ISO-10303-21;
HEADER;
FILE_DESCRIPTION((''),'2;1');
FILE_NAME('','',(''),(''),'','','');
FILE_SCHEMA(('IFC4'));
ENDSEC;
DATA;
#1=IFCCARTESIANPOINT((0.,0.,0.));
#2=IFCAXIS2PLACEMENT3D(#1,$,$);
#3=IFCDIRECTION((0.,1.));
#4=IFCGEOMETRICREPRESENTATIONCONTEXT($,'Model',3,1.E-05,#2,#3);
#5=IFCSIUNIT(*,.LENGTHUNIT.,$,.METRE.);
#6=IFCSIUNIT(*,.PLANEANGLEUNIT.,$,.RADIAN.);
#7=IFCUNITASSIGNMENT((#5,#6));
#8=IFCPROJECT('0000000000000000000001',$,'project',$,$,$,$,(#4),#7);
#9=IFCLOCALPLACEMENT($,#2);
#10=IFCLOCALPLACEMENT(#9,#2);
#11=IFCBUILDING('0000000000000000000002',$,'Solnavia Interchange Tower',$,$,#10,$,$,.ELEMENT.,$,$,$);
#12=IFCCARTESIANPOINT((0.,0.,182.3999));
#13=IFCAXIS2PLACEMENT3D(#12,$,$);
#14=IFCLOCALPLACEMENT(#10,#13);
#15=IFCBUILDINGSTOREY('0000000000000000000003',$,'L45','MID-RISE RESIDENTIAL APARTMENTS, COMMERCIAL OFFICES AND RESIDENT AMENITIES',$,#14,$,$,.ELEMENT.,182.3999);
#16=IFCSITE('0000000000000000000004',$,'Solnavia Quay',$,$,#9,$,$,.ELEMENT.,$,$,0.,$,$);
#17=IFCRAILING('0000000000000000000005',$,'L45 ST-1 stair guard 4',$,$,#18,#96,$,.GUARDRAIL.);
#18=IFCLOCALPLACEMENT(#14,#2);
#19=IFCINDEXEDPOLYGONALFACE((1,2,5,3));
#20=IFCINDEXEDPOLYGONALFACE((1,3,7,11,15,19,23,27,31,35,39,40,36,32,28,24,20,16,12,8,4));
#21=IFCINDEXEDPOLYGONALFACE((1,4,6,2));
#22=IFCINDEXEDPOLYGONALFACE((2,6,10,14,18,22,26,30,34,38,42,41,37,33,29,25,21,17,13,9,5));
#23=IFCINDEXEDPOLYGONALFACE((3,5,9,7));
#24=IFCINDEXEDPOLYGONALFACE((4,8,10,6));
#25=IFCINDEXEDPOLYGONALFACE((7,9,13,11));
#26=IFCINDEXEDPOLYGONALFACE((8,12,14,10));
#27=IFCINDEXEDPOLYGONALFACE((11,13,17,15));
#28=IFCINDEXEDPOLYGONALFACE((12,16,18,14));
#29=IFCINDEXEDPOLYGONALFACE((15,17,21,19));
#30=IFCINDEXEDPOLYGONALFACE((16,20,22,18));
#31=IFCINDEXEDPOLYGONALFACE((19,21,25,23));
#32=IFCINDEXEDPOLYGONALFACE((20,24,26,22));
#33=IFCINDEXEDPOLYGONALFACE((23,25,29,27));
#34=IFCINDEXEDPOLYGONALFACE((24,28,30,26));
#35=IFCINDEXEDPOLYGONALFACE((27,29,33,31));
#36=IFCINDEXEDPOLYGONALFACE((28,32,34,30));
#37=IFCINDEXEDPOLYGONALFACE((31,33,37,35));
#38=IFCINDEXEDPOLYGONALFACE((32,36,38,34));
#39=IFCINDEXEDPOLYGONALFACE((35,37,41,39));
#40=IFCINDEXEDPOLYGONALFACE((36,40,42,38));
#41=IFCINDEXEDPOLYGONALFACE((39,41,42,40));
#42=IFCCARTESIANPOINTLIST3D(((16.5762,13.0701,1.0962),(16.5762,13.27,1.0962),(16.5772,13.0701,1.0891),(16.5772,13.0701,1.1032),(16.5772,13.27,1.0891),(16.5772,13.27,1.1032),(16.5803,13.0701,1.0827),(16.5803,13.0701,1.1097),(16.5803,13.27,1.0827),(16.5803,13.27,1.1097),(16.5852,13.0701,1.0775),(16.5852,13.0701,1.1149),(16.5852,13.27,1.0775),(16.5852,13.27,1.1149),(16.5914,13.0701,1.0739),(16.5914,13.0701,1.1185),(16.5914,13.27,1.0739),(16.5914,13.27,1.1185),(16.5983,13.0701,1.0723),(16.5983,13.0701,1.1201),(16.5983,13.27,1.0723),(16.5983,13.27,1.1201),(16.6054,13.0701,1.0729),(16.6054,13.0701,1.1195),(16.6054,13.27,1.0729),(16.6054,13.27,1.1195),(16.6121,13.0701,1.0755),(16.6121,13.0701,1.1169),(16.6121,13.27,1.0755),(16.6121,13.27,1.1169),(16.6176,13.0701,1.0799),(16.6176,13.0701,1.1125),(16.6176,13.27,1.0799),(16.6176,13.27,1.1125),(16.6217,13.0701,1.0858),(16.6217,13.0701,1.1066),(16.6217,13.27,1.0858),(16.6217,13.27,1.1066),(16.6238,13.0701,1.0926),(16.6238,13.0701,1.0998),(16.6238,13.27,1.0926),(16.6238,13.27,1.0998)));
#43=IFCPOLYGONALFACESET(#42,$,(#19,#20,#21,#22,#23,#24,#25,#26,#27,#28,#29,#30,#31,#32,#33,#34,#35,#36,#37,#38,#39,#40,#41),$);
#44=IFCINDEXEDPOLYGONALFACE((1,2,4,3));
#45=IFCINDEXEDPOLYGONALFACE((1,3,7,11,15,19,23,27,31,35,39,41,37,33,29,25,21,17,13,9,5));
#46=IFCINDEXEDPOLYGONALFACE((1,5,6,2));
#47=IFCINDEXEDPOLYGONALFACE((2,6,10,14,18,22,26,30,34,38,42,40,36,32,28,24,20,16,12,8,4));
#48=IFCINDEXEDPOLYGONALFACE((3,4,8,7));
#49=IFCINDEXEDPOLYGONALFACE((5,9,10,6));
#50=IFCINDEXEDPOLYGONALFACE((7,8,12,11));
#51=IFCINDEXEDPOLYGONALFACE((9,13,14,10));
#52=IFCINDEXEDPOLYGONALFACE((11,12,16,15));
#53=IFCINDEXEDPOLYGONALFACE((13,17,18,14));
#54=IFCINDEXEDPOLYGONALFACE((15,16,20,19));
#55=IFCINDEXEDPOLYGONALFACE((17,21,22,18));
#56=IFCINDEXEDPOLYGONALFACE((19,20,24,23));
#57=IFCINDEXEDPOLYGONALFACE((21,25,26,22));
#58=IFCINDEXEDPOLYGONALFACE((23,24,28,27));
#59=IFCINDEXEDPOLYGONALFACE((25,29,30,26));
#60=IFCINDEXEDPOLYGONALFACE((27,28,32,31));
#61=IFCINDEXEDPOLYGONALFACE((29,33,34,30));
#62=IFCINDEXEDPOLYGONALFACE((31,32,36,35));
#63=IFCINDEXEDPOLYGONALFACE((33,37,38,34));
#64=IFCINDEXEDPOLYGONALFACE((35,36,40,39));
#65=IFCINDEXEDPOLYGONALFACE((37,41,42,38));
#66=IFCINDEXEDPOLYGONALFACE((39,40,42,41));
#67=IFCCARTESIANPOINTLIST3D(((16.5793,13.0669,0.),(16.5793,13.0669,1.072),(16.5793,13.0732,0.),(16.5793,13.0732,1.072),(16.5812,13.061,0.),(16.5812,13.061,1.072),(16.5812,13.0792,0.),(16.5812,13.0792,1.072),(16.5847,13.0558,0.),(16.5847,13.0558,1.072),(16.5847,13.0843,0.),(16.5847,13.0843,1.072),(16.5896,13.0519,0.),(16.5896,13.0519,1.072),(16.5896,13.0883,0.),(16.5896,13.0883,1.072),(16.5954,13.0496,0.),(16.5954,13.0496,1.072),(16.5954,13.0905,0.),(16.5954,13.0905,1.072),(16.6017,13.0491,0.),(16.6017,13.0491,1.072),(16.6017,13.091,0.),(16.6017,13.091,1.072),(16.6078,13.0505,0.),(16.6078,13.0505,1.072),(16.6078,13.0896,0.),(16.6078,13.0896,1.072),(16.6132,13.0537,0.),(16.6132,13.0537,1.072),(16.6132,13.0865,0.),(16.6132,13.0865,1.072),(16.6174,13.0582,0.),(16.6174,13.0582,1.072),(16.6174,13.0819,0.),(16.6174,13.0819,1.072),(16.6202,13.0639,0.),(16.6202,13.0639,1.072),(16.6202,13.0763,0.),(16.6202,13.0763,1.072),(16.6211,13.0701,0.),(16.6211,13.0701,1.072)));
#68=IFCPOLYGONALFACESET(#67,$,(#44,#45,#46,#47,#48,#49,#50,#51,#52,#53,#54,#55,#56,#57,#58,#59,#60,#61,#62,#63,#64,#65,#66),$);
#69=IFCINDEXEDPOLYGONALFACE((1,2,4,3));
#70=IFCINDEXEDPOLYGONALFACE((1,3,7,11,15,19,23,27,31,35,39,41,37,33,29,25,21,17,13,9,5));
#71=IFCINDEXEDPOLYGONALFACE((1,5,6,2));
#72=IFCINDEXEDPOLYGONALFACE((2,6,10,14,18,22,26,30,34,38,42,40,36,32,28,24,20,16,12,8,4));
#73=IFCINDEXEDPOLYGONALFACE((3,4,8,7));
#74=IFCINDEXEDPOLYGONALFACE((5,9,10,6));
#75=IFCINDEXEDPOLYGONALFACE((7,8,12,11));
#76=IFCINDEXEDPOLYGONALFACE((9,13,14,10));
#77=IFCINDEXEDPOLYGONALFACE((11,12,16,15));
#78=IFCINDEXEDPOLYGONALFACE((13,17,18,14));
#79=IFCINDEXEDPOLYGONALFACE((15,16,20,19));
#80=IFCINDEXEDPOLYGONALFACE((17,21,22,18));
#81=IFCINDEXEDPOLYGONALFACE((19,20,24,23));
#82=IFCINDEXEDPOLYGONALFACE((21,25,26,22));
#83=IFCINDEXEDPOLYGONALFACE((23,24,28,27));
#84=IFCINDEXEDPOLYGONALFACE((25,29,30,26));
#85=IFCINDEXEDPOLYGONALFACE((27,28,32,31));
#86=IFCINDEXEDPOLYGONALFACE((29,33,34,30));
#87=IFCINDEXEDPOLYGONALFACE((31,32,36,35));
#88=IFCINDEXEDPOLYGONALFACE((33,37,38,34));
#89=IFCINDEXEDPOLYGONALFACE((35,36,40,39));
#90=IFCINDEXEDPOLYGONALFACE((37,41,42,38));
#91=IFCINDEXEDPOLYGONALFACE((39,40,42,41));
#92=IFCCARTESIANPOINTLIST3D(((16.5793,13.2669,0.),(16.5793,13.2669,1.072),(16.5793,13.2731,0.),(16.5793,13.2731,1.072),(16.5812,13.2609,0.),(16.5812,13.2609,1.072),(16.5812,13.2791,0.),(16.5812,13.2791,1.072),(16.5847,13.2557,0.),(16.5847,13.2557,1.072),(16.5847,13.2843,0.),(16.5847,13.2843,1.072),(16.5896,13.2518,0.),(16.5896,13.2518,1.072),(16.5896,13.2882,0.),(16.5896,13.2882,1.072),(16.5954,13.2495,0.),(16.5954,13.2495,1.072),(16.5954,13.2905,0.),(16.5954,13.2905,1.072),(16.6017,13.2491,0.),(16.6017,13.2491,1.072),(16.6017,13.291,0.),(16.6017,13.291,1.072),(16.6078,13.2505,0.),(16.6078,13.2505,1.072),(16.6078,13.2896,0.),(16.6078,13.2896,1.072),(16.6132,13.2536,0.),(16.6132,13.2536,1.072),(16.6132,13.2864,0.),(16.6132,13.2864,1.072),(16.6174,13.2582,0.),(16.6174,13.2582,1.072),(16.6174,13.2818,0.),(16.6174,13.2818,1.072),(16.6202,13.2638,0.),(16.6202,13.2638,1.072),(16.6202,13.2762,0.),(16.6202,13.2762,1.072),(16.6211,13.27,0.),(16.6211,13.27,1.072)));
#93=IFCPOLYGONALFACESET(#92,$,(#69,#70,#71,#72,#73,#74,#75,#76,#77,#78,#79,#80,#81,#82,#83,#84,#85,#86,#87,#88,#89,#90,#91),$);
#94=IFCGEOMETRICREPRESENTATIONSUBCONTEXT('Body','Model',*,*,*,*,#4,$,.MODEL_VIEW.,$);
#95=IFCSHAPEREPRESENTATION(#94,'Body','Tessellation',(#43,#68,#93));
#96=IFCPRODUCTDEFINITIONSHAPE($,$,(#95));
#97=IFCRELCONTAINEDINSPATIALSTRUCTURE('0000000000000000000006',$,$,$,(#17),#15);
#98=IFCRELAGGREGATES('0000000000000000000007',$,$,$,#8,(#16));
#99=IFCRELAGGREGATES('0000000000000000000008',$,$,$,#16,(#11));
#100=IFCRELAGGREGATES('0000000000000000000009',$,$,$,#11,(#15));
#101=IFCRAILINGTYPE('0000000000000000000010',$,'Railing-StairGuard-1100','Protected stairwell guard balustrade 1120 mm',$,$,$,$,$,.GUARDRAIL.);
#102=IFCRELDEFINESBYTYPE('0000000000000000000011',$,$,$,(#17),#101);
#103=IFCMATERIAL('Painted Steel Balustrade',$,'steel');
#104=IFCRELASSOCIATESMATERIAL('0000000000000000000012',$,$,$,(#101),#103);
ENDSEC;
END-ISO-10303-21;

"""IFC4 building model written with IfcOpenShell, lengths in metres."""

from ifc_helpers import new_model, si_unit, direction, frame, origin, origin_2d, place, context, subcontext, project, spatial, circle, extrude, material, type_object, element, save


model = new_model("IFC4")

# Units and contexts
model_context = context("Model", 3, precision=1e-05, world=origin(), true_north=direction((0.0, 1.0)))
body_context = subcontext(model_context, "Body", "Model", "MODEL_VIEW")
ifc_project = project(units=[si_unit("LENGTHUNIT", "METRE"), si_unit("PLANEANGLEUNIT", "RADIAN")], contexts=[model_context])

# Site, building, storey
site_placement = place(None, origin())
site = spatial("IfcSite", under=ifc_project, at=site_placement, Name="Solnavia Quay", CompositionType="ELEMENT", RefElevation=0.0)
building_placement = place(site_placement, origin())
building = spatial("IfcBuilding", under=site, at=building_placement, Name="Solnavia Interchange Tower", CompositionType="ELEMENT")
storey_placement = place(building_placement, frame((0.0, 0.0, 182.3999)))
storey = spatial("IfcBuildingStorey", under=building, at=storey_placement, Name="L45", Description="MID-RISE RESIDENTIAL APARTMENTS, COMMERCIAL OFFICES AND RESIDENT AMENITIES", CompositionType="ELEMENT", Elevation=182.3999)

# Railing
ifc_material_1 = material(Name="Painted Steel Balustrade", Category="steel")
railing_type_1 = type_object("IfcRailingType", Name="Railing-StairGuard-1100", Description="Protected stairwell guard balustrade 1120 mm", PredefinedType="GUARDRAIL", material=ifc_material_1)
railing_1_placement = place(storey_placement, frame((16.6001, 13.0701, 0.0)))
element("IfcRailing", 1, at=railing_1_placement, inside=storey, type_object=railing_type_1, Name="L45 ST-1 stair guard 4", PredefinedType="GUARDRAIL", context=body_context, shape_type="SweptSolid", body=[
    extrude(circle(Radius=0.0239, at=origin_2d()), frame((0.0, 0.0, 1.0962), z_axis=(0.0, 1.0, 0.0), x_axis=(-1.0, 0.0, 0.0)), (0.0, 0.0, 1.0), 0.2),
    extrude(circle(Radius=0.021, at=origin_2d()), origin(), (0.0, 0.0, 1.0), 1.072),
    extrude(circle(Radius=0.021, at=origin_2d()), frame((0.0, 0.2, 0.0)), (0.0, 0.0, 1.0), 1.072),
])

save(model, "model.ifc")
